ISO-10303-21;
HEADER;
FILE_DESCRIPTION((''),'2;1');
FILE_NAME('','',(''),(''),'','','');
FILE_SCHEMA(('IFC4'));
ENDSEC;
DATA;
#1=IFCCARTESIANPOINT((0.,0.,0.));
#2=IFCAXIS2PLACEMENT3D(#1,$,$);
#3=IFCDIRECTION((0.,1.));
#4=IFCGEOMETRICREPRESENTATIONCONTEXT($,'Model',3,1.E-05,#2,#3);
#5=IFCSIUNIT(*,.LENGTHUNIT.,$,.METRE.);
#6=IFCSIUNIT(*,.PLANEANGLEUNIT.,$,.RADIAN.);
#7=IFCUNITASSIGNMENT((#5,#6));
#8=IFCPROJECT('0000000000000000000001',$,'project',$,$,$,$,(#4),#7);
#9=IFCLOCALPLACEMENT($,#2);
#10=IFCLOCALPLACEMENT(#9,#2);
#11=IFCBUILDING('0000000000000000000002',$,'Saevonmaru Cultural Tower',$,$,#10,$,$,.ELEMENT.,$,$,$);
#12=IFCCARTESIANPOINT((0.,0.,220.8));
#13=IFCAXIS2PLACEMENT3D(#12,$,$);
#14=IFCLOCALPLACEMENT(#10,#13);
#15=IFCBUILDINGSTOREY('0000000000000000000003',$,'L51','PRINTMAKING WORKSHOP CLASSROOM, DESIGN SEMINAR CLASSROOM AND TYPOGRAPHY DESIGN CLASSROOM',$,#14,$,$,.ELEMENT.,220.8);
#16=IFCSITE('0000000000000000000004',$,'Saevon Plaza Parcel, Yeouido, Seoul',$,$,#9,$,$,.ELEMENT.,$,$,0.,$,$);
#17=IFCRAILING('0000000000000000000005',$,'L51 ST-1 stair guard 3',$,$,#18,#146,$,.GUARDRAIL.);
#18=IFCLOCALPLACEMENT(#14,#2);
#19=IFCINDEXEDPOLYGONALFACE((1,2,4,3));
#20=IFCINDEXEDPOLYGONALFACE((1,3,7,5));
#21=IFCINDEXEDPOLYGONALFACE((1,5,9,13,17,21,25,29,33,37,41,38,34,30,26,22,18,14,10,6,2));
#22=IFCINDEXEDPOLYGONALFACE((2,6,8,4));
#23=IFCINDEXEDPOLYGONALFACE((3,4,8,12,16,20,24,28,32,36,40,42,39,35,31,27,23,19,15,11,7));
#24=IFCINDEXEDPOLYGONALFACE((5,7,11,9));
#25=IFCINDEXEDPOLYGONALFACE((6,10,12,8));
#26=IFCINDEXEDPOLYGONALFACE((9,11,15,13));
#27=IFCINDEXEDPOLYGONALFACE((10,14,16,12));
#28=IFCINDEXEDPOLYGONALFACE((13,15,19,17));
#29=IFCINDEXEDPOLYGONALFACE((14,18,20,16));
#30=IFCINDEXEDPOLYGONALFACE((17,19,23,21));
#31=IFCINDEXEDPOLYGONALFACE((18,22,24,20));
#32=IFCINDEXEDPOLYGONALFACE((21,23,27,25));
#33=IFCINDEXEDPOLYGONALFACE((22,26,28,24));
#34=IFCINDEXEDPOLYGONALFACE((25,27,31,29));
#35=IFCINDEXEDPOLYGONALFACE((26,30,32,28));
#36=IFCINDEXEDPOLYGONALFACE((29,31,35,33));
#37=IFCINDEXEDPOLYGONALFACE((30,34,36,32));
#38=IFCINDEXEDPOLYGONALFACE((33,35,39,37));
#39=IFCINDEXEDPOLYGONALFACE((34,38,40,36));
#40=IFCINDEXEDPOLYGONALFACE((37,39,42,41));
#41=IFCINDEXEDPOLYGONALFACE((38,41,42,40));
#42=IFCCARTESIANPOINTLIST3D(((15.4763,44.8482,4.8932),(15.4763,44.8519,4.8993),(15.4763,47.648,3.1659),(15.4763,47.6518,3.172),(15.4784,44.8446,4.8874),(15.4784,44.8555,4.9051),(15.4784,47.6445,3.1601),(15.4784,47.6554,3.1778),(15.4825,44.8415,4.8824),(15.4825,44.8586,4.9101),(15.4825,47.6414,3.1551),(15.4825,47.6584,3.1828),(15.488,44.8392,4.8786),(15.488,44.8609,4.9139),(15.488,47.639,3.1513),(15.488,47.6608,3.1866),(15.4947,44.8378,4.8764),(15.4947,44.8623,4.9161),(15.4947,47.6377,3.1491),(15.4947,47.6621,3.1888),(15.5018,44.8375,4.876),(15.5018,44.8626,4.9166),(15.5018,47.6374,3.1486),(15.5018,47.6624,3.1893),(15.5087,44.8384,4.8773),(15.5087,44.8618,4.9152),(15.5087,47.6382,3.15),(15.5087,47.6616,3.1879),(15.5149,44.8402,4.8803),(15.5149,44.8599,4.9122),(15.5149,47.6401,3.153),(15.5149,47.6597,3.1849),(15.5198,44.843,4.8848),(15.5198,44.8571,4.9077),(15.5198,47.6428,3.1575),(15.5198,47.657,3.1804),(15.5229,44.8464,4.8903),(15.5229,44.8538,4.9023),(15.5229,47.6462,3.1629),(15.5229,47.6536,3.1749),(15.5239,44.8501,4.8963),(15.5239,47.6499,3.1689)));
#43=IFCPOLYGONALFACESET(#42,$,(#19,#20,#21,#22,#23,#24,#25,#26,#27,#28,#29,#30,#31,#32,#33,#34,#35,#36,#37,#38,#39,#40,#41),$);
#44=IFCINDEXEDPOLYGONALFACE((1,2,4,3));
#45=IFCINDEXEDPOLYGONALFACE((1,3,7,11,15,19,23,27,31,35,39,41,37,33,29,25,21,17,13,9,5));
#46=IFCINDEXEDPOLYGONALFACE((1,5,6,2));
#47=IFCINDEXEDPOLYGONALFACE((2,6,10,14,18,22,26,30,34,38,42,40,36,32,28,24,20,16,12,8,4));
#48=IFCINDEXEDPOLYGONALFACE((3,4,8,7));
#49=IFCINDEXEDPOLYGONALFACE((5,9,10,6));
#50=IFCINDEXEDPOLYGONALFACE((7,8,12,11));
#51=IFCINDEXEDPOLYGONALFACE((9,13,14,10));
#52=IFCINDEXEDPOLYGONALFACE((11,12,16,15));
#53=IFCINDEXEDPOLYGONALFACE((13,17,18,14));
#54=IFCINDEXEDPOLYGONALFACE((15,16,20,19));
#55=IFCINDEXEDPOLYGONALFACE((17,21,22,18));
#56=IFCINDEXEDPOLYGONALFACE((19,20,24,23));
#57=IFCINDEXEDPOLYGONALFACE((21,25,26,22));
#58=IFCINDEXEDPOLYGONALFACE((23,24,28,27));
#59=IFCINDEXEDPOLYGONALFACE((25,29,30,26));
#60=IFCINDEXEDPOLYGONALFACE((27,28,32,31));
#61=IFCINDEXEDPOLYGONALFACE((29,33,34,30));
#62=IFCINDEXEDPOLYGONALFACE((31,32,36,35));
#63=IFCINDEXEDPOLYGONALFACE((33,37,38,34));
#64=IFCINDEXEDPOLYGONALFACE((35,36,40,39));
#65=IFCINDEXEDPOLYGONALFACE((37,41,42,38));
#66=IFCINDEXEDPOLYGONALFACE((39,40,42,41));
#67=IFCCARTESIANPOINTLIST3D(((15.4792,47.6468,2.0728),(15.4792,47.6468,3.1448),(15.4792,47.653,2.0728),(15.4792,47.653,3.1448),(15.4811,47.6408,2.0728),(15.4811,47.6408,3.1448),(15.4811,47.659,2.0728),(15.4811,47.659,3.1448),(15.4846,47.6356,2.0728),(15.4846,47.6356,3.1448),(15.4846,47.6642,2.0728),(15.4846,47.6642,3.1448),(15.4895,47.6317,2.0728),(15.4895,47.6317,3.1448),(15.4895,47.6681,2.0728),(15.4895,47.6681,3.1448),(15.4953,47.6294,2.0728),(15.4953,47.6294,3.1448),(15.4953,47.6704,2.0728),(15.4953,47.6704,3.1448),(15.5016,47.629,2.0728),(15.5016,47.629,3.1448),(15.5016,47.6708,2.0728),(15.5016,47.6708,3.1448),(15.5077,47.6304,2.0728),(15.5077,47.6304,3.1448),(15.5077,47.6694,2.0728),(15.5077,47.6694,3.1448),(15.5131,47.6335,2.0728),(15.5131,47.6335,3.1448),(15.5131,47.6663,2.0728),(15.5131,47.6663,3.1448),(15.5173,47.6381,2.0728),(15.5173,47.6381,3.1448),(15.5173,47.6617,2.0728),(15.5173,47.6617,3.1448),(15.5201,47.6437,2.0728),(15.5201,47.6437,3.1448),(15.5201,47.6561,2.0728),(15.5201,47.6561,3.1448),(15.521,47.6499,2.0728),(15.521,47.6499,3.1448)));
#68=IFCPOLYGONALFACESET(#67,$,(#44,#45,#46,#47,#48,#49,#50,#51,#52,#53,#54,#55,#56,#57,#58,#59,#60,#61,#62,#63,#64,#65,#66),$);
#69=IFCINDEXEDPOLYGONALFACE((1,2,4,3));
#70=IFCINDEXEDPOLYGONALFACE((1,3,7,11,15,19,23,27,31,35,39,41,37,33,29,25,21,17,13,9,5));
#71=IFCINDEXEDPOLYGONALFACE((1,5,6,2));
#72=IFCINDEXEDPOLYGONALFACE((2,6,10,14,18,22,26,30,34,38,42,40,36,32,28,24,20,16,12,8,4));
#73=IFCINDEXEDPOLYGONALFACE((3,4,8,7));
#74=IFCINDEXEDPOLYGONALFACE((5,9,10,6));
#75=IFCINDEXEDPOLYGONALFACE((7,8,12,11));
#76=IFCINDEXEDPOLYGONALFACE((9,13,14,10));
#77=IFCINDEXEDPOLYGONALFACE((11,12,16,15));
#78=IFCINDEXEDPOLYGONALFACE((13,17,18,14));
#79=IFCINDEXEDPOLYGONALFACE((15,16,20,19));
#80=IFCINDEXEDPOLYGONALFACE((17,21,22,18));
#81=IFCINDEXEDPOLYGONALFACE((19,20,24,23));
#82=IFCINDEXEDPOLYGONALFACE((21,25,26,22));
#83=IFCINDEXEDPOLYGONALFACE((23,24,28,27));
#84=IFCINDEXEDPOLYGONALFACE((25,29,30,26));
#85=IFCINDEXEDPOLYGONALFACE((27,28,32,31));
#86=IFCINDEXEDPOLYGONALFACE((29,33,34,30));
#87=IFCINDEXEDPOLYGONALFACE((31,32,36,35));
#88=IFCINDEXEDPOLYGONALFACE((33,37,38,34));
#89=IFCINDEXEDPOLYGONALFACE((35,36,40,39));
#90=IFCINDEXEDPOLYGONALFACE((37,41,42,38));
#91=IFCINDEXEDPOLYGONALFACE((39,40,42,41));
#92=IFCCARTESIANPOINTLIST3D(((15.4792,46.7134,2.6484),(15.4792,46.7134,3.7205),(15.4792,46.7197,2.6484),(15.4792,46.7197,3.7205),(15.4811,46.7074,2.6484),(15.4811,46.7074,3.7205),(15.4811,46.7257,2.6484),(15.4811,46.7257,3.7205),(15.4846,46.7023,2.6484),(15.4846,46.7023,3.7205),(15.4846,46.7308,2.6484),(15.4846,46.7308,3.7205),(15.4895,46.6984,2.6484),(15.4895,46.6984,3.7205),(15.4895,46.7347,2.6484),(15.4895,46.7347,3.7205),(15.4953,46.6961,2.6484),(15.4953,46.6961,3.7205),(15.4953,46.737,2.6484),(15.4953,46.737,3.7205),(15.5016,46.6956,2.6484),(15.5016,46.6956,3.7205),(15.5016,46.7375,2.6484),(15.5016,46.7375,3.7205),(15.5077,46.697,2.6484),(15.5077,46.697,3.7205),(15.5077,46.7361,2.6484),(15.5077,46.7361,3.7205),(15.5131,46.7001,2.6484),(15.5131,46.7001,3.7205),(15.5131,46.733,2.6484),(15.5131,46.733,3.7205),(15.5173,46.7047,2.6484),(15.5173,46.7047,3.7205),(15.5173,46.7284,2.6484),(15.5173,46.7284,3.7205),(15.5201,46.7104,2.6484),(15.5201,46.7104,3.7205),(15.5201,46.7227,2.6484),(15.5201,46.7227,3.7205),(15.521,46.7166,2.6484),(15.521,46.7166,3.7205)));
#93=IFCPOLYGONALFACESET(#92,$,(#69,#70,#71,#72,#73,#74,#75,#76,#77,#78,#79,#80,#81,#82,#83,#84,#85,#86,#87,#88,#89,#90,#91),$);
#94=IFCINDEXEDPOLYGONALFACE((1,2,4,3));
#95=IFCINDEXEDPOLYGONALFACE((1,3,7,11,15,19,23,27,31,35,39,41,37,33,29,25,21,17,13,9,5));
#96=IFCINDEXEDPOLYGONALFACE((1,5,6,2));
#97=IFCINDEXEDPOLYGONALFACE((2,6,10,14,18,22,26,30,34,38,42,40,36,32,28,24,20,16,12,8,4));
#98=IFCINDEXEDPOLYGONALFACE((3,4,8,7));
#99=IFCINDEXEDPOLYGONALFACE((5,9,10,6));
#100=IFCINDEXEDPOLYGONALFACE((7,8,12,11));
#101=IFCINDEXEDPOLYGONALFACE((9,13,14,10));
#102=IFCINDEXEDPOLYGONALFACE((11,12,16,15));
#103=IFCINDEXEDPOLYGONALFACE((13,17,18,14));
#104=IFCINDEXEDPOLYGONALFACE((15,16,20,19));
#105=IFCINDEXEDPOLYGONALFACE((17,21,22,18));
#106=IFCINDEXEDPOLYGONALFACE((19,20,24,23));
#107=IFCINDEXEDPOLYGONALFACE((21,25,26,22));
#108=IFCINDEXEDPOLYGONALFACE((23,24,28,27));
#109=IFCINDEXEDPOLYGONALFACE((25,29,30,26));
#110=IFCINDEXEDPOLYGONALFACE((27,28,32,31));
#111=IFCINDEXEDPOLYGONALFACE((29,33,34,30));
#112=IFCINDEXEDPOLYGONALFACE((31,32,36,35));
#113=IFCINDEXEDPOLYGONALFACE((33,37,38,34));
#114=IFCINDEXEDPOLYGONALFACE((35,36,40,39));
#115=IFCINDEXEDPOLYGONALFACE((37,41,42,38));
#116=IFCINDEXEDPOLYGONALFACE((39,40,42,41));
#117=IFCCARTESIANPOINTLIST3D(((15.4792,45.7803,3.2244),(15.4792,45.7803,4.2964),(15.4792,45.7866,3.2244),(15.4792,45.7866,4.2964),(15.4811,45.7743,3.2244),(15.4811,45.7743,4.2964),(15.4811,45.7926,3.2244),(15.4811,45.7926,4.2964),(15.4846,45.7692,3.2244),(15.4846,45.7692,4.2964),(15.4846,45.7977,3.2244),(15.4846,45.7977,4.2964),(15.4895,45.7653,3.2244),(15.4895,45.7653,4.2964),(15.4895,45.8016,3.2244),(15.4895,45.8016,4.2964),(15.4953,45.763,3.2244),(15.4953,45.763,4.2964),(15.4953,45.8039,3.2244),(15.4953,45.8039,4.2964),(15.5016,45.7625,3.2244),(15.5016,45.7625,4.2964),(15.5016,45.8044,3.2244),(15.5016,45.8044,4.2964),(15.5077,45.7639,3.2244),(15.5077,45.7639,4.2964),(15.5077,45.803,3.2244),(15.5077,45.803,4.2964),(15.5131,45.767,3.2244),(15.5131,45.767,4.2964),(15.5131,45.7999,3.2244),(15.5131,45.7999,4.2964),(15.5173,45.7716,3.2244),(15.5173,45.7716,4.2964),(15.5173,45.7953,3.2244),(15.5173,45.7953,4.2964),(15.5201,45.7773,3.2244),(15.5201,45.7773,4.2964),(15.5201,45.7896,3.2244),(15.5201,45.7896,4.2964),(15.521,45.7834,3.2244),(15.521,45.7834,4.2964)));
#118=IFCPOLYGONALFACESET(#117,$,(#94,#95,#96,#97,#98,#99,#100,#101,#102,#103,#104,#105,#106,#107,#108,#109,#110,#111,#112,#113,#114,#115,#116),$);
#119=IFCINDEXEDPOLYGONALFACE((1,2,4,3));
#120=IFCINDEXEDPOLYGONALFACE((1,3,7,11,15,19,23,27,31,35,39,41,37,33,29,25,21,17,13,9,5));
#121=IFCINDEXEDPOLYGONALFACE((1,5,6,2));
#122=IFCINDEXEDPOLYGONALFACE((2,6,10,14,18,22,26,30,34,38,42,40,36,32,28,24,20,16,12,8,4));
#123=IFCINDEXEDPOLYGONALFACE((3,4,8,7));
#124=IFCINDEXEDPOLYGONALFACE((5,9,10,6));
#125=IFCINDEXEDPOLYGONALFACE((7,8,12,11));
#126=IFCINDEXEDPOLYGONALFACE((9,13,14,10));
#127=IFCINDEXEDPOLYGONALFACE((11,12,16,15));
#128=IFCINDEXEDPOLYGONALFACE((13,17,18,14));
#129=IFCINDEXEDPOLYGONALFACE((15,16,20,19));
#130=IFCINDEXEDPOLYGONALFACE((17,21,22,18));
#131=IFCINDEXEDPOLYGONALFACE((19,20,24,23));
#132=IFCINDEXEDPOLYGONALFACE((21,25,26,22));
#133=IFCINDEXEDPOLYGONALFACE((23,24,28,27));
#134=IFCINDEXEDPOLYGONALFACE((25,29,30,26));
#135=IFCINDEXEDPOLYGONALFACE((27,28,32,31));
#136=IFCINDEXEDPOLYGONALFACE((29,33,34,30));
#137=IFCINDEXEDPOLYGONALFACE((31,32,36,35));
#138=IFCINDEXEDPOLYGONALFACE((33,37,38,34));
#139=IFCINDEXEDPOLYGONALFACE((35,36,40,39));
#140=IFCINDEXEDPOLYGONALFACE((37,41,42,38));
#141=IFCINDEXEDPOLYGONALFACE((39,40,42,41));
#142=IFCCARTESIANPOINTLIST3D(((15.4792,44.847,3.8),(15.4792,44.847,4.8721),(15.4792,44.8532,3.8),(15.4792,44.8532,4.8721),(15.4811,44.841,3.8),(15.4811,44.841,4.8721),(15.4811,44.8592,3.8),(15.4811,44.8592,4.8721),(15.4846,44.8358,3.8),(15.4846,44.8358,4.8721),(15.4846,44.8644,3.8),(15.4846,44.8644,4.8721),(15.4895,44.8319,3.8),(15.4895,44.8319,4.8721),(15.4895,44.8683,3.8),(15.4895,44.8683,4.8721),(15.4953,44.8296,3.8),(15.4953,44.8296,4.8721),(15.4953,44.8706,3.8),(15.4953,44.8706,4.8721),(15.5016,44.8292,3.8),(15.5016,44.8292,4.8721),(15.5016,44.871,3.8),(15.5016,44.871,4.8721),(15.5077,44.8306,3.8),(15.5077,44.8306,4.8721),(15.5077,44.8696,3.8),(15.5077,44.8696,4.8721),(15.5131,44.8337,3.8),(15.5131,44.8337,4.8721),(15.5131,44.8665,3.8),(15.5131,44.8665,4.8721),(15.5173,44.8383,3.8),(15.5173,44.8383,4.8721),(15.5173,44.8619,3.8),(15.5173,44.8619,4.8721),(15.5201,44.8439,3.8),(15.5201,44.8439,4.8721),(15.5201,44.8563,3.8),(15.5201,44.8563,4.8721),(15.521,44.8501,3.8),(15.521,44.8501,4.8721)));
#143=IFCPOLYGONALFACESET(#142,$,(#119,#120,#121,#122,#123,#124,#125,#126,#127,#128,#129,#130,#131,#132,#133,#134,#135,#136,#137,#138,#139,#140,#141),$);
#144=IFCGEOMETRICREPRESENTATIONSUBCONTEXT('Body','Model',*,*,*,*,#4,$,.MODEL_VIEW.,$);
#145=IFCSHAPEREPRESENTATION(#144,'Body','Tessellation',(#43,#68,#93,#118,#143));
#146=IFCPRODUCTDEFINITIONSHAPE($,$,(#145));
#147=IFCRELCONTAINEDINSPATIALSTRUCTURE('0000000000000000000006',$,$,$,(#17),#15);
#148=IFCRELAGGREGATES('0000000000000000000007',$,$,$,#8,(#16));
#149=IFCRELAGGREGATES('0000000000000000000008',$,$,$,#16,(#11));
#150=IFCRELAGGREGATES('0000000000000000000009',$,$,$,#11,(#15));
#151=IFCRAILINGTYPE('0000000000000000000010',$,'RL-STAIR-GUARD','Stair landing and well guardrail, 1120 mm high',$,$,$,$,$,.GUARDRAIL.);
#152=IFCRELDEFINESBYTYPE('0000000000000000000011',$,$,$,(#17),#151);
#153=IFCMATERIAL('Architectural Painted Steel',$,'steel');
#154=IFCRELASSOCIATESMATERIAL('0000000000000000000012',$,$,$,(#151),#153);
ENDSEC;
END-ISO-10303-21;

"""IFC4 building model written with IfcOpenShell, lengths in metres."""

from ifc_helpers import new_model, si_unit, direction, frame, origin, origin_2d, place, context, subcontext, project, spatial, circle, extrude, material, type_object, element, save


model = new_model("IFC4")

# Units and contexts
model_context = context("Model", 3, precision=1e-05, world=origin(), true_north=direction((0.0, 1.0)))
body_context = subcontext(model_context, "Body", "Model", "MODEL_VIEW")
ifc_project = project(units=[si_unit("LENGTHUNIT", "METRE"), si_unit("PLANEANGLEUNIT", "RADIAN")], contexts=[model_context])

# Site, building, storey
site_placement = place(None, origin())
site = spatial("IfcSite", under=ifc_project, at=site_placement, Name="Saevon Plaza Parcel, Yeouido, Seoul", CompositionType="ELEMENT", RefElevation=0.0)
building_placement = place(site_placement, origin())
building = spatial("IfcBuilding", under=site, at=building_placement, Name="Saevonmaru Cultural Tower", CompositionType="ELEMENT")
storey_placement = place(building_placement, frame((0.0, 0.0, 220.8)))
storey = spatial("IfcBuildingStorey", under=building, at=storey_placement, Name="L51", Description="PRINTMAKING WORKSHOP CLASSROOM, DESIGN SEMINAR CLASSROOM AND TYPOGRAPHY DESIGN CLASSROOM", CompositionType="ELEMENT", Elevation=220.8)

# Railing
ifc_material_1 = material(Name="Architectural Painted Steel", Category="steel")
railing_type_1 = type_object("IfcRailingType", Name="RL-STAIR-GUARD", Description="Stair landing and well guardrail, 1120 mm high", PredefinedType="GUARDRAIL", material=ifc_material_1)
railing_1_placement = place(storey_placement, frame((15.5, 47.6499, 2.0728)))
element("IfcRailing", 1, at=railing_1_placement, inside=storey, type_object=railing_type_1, Name="L51 ST-1 stair guard 3", PredefinedType="GUARDRAIL", context=body_context, shape_type="SweptSolid", body=[
    extrude(circle(Radius=0.0239, at=origin_2d()), frame((0.0, 0.0, 1.0962), z_axis=(0.0, -0.851069, 0.525054), x_axis=(1.0, 0.0, 0.0)), (0.0, 0.0, 1.0), 3.2898),
    extrude(circle(Radius=0.021, at=origin_2d()), origin(), (0.0, 0.0, 1.0), 1.072),
    extrude(circle(Radius=0.021, at=origin_2d()), frame((0.0, -0.9333, 0.5757)), (0.0, 0.0, 1.0), 1.072),
    extrude(circle(Radius=0.021, at=origin_2d()), frame((0.0, -1.8665, 1.1516)), (0.0, 0.0, 1.0), 1.072),
    extrude(circle(Radius=0.021, at=origin_2d()), frame((0.0, -2.7998, 1.7273)), (0.0, 0.0, 1.0), 1.072),
])

save(model, "model.ifc")
